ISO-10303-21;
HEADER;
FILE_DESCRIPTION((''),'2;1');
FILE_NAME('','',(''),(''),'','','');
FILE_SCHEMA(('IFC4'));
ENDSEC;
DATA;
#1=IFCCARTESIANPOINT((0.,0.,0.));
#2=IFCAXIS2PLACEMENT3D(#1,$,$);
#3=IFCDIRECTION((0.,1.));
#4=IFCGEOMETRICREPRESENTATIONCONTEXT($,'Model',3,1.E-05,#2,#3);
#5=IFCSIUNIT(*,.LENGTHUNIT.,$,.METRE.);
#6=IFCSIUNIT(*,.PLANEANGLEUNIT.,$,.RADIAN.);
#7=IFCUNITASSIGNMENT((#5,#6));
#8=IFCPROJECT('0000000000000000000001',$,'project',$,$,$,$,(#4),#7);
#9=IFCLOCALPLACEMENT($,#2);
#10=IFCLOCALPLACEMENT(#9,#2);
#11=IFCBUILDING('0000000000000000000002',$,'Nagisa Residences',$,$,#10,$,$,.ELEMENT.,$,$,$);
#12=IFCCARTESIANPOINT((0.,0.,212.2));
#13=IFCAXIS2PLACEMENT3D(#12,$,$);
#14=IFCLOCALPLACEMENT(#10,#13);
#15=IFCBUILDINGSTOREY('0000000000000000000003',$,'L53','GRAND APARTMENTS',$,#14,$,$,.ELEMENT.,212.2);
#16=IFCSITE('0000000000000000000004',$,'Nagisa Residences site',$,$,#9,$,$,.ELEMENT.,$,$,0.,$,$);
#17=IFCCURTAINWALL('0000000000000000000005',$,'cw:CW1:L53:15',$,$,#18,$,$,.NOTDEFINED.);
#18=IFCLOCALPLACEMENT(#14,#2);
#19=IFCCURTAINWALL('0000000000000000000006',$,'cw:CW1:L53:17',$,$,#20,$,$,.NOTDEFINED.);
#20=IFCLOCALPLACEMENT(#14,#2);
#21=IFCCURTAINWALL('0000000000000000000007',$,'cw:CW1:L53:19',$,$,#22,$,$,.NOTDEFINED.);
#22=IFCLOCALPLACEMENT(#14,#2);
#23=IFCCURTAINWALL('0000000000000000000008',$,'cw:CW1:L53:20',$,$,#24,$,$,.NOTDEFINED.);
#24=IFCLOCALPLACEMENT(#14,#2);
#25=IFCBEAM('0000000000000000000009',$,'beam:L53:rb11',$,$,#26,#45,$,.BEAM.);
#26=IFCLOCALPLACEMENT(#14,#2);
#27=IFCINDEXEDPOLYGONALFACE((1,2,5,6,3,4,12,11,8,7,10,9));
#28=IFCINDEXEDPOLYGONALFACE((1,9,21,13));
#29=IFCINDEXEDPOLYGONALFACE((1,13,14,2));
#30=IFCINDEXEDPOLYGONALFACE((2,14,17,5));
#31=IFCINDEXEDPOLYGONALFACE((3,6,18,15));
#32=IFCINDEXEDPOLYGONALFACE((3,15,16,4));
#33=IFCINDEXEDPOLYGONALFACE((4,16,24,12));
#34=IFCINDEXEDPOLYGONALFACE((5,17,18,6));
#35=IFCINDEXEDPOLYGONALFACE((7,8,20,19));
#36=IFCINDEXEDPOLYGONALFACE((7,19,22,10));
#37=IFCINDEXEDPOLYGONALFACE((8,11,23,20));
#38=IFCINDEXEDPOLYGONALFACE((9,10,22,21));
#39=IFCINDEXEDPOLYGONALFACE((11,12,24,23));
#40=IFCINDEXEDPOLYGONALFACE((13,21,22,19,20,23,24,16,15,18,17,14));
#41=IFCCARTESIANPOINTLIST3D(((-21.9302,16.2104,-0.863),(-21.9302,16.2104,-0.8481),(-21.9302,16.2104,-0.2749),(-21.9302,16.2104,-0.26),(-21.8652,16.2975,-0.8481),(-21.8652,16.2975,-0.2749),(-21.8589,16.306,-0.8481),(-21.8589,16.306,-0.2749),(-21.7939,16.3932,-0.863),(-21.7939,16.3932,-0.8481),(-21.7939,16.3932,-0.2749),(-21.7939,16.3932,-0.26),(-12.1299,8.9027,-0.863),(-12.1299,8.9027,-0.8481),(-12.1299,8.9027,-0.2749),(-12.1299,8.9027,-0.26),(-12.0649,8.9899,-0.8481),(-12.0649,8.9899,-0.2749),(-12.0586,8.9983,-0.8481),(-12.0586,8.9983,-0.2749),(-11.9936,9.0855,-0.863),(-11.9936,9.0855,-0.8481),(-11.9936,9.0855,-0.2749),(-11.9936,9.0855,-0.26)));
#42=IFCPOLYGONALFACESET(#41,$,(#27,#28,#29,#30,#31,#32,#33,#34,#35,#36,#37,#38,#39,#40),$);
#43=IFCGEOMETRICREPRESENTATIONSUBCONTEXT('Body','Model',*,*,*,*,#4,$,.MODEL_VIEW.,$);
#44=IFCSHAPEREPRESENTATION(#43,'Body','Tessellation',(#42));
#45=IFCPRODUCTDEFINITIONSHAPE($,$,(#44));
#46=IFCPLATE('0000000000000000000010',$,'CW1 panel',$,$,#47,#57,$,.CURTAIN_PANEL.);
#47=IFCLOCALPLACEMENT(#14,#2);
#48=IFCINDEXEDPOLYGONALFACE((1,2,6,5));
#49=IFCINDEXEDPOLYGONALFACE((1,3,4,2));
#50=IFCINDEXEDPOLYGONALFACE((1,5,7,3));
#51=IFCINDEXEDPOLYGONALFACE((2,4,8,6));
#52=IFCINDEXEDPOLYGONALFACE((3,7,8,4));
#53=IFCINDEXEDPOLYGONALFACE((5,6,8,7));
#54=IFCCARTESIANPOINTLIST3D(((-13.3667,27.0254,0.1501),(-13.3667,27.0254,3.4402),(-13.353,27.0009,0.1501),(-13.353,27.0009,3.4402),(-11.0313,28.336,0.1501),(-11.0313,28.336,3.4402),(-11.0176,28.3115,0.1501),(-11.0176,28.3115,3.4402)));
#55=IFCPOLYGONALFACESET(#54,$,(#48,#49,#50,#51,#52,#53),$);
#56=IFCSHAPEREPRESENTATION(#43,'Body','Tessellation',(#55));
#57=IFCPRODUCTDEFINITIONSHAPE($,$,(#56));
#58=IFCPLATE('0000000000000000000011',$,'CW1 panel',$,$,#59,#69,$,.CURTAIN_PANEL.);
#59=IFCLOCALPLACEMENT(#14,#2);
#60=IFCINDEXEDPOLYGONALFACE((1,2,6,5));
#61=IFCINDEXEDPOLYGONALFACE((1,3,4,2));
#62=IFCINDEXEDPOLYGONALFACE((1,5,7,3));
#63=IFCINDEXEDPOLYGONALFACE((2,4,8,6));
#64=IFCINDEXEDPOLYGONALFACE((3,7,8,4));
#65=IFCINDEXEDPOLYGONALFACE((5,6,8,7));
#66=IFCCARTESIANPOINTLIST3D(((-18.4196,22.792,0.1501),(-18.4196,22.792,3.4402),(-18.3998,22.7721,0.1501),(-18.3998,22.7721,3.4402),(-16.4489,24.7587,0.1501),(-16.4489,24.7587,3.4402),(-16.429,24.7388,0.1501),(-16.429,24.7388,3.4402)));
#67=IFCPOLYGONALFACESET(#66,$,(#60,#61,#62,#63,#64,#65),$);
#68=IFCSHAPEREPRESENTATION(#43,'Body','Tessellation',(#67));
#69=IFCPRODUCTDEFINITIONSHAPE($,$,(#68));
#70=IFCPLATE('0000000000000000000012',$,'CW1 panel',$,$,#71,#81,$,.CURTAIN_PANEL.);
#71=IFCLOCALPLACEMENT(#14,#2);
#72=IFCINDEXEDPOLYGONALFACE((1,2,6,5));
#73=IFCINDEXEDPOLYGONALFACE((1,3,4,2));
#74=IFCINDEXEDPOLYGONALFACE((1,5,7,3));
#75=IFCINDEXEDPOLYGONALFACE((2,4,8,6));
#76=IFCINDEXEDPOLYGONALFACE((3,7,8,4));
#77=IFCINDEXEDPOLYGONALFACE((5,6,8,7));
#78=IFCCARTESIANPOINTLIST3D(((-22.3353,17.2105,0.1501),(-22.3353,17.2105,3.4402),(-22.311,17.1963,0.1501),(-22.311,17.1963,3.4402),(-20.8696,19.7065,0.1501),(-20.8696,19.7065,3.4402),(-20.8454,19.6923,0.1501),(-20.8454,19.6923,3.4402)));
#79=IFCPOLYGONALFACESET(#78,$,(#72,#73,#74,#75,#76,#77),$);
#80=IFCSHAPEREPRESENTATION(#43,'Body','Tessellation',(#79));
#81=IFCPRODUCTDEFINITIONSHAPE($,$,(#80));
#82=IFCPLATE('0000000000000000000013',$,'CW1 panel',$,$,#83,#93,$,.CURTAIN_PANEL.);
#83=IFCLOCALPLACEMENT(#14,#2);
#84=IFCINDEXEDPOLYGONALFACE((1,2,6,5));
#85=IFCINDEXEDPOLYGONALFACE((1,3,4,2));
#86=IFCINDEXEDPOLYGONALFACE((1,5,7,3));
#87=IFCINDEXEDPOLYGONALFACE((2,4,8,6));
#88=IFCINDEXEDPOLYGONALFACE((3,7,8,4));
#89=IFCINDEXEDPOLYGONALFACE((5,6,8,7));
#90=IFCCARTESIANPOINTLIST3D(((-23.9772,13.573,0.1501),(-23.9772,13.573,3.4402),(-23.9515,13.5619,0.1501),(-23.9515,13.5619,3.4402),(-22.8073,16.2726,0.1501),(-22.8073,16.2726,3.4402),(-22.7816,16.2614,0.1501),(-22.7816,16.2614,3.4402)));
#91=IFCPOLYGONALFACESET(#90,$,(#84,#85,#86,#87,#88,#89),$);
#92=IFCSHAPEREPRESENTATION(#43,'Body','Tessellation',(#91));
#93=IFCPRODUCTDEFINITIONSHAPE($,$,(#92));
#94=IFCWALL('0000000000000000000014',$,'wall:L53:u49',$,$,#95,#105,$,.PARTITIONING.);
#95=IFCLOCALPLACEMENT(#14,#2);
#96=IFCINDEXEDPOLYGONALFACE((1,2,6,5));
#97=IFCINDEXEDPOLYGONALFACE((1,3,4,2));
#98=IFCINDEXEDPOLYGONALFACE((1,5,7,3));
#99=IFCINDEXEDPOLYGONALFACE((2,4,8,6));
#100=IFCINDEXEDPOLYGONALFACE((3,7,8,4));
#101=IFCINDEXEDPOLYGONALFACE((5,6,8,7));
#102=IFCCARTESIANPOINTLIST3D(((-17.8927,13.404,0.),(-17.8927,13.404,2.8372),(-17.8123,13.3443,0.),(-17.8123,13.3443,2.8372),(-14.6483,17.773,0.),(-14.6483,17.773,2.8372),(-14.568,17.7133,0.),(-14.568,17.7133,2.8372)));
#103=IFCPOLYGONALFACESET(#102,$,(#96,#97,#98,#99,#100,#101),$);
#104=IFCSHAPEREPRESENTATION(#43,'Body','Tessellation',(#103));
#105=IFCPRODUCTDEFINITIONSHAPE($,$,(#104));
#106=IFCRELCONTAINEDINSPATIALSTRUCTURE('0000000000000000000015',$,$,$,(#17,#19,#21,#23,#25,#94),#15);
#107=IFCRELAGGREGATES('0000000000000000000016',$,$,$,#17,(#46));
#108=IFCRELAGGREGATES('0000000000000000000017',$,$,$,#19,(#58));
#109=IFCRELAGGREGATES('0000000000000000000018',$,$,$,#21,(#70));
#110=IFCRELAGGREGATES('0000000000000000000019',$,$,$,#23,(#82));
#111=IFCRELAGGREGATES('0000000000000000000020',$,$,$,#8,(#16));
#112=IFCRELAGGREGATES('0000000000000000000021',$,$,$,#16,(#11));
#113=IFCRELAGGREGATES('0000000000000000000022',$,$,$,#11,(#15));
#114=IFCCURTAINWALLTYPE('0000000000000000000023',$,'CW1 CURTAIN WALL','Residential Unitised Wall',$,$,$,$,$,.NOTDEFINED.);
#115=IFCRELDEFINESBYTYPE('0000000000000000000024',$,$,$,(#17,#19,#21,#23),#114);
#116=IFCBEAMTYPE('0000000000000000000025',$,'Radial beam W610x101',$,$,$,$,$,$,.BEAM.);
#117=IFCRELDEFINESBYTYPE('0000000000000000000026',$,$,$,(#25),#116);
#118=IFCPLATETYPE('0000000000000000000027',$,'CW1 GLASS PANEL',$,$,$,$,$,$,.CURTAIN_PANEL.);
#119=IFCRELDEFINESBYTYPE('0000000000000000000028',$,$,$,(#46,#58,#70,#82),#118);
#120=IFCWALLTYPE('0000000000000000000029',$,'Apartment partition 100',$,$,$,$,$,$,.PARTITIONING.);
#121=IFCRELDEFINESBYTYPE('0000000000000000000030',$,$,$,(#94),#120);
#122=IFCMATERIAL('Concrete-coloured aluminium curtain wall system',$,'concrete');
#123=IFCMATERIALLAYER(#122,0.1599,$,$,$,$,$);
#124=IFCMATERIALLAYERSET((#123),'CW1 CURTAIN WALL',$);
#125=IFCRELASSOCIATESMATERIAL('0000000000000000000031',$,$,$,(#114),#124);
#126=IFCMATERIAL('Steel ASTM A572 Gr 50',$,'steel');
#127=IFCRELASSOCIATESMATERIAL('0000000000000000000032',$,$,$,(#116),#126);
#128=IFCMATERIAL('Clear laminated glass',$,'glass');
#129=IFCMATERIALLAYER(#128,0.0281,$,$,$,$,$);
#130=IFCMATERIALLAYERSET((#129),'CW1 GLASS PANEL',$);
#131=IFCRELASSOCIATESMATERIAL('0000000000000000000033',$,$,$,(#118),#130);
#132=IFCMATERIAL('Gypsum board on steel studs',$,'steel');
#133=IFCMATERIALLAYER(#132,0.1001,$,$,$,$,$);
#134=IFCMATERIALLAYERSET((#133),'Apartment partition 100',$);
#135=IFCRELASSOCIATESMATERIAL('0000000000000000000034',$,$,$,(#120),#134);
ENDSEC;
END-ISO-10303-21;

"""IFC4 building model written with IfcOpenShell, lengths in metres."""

from ifc_helpers import new_model, si_unit, direction, frame, frame_2d, origin, origin_2d, place, context, subcontext, project, spatial, rectangle, i_section, extrude, material, layer, layer_set, material_profile, profile_set, type_object, element, aggregate, save


model = new_model("IFC4")

# Units and contexts
model_context = context("Model", 3, precision=1e-05, world=origin(), true_north=direction((0.0, 1.0)))
body_context = subcontext(model_context, "Body", "Model", "MODEL_VIEW")
ifc_project = project(units=[si_unit("LENGTHUNIT", "METRE"), si_unit("PLANEANGLEUNIT", "RADIAN")], contexts=[model_context])

# Site, building, storey
site_placement = place(None, origin())
site = spatial("IfcSite", under=ifc_project, at=site_placement, Name="Nagisa Residences site", CompositionType="ELEMENT", RefElevation=0.0)
building_placement = place(site_placement, origin())
building = spatial("IfcBuilding", under=site, at=building_placement, Name="Nagisa Residences", CompositionType="ELEMENT")
storey_placement = place(building_placement, frame((0.0, 0.0, 212.2)))
storey = spatial("IfcBuildingStorey", under=building, at=storey_placement, Name="L53", Description="GRAND APARTMENTS", CompositionType="ELEMENT", Elevation=212.2)

# Curtain walls
ifc_material_1 = material(Name="Concrete-coloured aluminium curtain wall system", Category="concrete")
ifc_layer_1 = layer(ifc_material_1, 0.1599)
ifc_layer_set_1 = layer_set([ifc_layer_1], Name="CW1 CURTAIN WALL")
curtain_wall_type = type_object("IfcCurtainWallType", Name="CW1 CURTAIN WALL", Description="Residential Unitised Wall", PredefinedType="NOTDEFINED", material=ifc_layer_set_1)
curtain_wall_1_placement = place(storey_placement, origin())
curtain_wall_1 = element("IfcCurtainWall", 1, at=curtain_wall_1_placement, inside=storey, type_object=curtain_wall_type, Name="cw:CW1:L53:15", PredefinedType="NOTDEFINED")
curtain_wall_2_placement = place(storey_placement, origin())
curtain_wall_2 = element("IfcCurtainWall", 2, at=curtain_wall_2_placement, inside=storey, type_object=curtain_wall_type, Name="cw:CW1:L53:17", PredefinedType="NOTDEFINED")
curtain_wall_3_placement = place(storey_placement, origin())
curtain_wall_3 = element("IfcCurtainWall", 3, at=curtain_wall_3_placement, inside=storey, type_object=curtain_wall_type, Name="cw:CW1:L53:19", PredefinedType="NOTDEFINED")
curtain_wall_4_placement = place(storey_placement, origin())
curtain_wall_4 = element("IfcCurtainWall", 4, at=curtain_wall_4_placement, inside=storey, type_object=curtain_wall_type, Name="cw:CW1:L53:20", PredefinedType="NOTDEFINED")

# Beam
ifc_material_2 = material(Name="Steel ASTM A572 Gr 50", Category="steel")
ifc_material_profile_1 = material_profile(ifc_material_2, i_section(OverallWidth=0.228, OverallDepth=0.603, WebThickness=0.0105, FlangeThickness=0.0149, at=origin_2d()), Name="W610x101")
ifc_profile_set_1 = profile_set([ifc_material_profile_1], Name="Steel ASTM A572 Gr 50")
beam_type = type_object("IfcBeamType", Name="Radial beam W610x101", PredefinedType="BEAM", material=ifc_profile_set_1)
beam_1_placement = place(storey_placement, frame((-21.8621, 16.3018, -0.5615), z_axis=(0.80167, -0.597767, 0.0), x_axis=(0.597767, 0.80167, 0.0)))
element("IfcBeam", 5, at=beam_1_placement, inside=storey, type_object=beam_type, Name="beam:L53:rb11", PredefinedType="BEAM", context=body_context, shape_type="SweptSolid", body=[
    extrude(i_section(OverallWidth=0.228, OverallDepth=0.603, WebThickness=0.0105, FlangeThickness=0.0149, at=origin_2d()), origin(), (0.0, 0.0, 1.0), 12.2249),
])

# Plates
ifc_material_3 = material(Name="Clear laminated glass", Category="glass")
ifc_layer_2 = layer(ifc_material_3, 0.0281)
ifc_layer_set_2 = layer_set([ifc_layer_2], Name="CW1 GLASS PANEL")
plate_type = type_object("IfcPlateType", Name="CW1 GLASS PANEL", PredefinedType="CURTAIN_PANEL", material=ifc_layer_set_2)
plate_1_placement = place(storey_placement, frame((-12.1921, 27.6685, 0.1501), z_axis=(0.0, 0.0, 1.0), x_axis=(-0.872072, -0.489377, 0.0)))
plate_1 = element("IfcPlate", 6, at=plate_1_placement, type_object=plate_type, Name="CW1 panel", PredefinedType="CURTAIN_PANEL", context=body_context, shape_type="SweptSolid", body=[
    extrude(rectangle(XDim=2.678, YDim=0.0281, at=origin_2d()), origin(), (0.0, 0.0, 1.0), 3.29),
])
aggregate(curtain_wall_1, [plate_1])
plate_2_placement = place(storey_placement, frame((-17.4243, 23.7654, 0.1501), z_axis=(0.0, 0.0, 1.0), x_axis=(-0.707836, -0.706377, 0.0)))
plate_2 = element("IfcPlate", 7, at=plate_2_placement, type_object=plate_type, Name="CW1 panel", PredefinedType="CURTAIN_PANEL", context=body_context, shape_type="SweptSolid", body=[
    extrude(rectangle(XDim=2.7842, YDim=0.0281, at=origin_2d()), origin(), (0.0, 0.0, 1.0), 3.29),
])
aggregate(curtain_wall_2, [plate_2])
plate_3_placement = place(storey_placement, frame((-21.5903, 18.4514, 0.1501), z_axis=(0.0, 0.0, 1.0), x_axis=(-0.506349, -0.862329, 0.0)))
plate_3 = element("IfcPlate", 8, at=plate_3_placement, type_object=plate_type, Name="CW1 panel", PredefinedType="CURTAIN_PANEL", context=body_context, shape_type="SweptSolid", body=[
    extrude(rectangle(XDim=2.8945, YDim=0.0281, at=origin_2d()), origin(), (0.0, 0.0, 1.0), 3.29),
])
aggregate(curtain_wall_3, [plate_3])
plate_4_placement = place(storey_placement, frame((-23.3794, 14.9172, 0.1501), z_axis=(0.0, 0.0, 1.0), x_axis=(-0.397636, -0.917543, 0.0)))
plate_4 = element("IfcPlate", 9, at=plate_4_placement, type_object=plate_type, Name="CW1 panel", PredefinedType="CURTAIN_PANEL", context=body_context, shape_type="SweptSolid", body=[
    extrude(rectangle(XDim=2.9421, YDim=0.0281, at=origin_2d()), origin(), (0.0, 0.0, 1.0), 3.29),
])
aggregate(curtain_wall_4, [plate_4])

# Wall
ifc_material_4 = material(Name="Gypsum board on steel studs", Category="steel")
ifc_layer_3 = layer(ifc_material_4, 0.1001)
ifc_layer_set_3 = layer_set([ifc_layer_3], Name="Apartment partition 100")
wall_type_1 = type_object("IfcWallType", Name="Apartment partition 100", PredefinedType="PARTITIONING", material=ifc_layer_set_3)
wall_1_placement = place(storey_placement, frame((-14.6082, 17.7432, 0.0), z_axis=(0.0, 0.0, 1.0), x_axis=(-0.596174, -0.802855, 0.0)))
element("IfcWall", 10, at=wall_1_placement, inside=storey, type_object=wall_type_1, Name="wall:L53:u49", PredefinedType="PARTITIONING", context=body_context, shape_type="SweptSolid", body=[
    extrude(rectangle(XDim=5.4419, YDim=0.1001, at=frame_2d((2.7209, 0.0))), origin(), (0.0, 0.0, 1.0), 2.8372),
])

save(model, "model.ifc")
